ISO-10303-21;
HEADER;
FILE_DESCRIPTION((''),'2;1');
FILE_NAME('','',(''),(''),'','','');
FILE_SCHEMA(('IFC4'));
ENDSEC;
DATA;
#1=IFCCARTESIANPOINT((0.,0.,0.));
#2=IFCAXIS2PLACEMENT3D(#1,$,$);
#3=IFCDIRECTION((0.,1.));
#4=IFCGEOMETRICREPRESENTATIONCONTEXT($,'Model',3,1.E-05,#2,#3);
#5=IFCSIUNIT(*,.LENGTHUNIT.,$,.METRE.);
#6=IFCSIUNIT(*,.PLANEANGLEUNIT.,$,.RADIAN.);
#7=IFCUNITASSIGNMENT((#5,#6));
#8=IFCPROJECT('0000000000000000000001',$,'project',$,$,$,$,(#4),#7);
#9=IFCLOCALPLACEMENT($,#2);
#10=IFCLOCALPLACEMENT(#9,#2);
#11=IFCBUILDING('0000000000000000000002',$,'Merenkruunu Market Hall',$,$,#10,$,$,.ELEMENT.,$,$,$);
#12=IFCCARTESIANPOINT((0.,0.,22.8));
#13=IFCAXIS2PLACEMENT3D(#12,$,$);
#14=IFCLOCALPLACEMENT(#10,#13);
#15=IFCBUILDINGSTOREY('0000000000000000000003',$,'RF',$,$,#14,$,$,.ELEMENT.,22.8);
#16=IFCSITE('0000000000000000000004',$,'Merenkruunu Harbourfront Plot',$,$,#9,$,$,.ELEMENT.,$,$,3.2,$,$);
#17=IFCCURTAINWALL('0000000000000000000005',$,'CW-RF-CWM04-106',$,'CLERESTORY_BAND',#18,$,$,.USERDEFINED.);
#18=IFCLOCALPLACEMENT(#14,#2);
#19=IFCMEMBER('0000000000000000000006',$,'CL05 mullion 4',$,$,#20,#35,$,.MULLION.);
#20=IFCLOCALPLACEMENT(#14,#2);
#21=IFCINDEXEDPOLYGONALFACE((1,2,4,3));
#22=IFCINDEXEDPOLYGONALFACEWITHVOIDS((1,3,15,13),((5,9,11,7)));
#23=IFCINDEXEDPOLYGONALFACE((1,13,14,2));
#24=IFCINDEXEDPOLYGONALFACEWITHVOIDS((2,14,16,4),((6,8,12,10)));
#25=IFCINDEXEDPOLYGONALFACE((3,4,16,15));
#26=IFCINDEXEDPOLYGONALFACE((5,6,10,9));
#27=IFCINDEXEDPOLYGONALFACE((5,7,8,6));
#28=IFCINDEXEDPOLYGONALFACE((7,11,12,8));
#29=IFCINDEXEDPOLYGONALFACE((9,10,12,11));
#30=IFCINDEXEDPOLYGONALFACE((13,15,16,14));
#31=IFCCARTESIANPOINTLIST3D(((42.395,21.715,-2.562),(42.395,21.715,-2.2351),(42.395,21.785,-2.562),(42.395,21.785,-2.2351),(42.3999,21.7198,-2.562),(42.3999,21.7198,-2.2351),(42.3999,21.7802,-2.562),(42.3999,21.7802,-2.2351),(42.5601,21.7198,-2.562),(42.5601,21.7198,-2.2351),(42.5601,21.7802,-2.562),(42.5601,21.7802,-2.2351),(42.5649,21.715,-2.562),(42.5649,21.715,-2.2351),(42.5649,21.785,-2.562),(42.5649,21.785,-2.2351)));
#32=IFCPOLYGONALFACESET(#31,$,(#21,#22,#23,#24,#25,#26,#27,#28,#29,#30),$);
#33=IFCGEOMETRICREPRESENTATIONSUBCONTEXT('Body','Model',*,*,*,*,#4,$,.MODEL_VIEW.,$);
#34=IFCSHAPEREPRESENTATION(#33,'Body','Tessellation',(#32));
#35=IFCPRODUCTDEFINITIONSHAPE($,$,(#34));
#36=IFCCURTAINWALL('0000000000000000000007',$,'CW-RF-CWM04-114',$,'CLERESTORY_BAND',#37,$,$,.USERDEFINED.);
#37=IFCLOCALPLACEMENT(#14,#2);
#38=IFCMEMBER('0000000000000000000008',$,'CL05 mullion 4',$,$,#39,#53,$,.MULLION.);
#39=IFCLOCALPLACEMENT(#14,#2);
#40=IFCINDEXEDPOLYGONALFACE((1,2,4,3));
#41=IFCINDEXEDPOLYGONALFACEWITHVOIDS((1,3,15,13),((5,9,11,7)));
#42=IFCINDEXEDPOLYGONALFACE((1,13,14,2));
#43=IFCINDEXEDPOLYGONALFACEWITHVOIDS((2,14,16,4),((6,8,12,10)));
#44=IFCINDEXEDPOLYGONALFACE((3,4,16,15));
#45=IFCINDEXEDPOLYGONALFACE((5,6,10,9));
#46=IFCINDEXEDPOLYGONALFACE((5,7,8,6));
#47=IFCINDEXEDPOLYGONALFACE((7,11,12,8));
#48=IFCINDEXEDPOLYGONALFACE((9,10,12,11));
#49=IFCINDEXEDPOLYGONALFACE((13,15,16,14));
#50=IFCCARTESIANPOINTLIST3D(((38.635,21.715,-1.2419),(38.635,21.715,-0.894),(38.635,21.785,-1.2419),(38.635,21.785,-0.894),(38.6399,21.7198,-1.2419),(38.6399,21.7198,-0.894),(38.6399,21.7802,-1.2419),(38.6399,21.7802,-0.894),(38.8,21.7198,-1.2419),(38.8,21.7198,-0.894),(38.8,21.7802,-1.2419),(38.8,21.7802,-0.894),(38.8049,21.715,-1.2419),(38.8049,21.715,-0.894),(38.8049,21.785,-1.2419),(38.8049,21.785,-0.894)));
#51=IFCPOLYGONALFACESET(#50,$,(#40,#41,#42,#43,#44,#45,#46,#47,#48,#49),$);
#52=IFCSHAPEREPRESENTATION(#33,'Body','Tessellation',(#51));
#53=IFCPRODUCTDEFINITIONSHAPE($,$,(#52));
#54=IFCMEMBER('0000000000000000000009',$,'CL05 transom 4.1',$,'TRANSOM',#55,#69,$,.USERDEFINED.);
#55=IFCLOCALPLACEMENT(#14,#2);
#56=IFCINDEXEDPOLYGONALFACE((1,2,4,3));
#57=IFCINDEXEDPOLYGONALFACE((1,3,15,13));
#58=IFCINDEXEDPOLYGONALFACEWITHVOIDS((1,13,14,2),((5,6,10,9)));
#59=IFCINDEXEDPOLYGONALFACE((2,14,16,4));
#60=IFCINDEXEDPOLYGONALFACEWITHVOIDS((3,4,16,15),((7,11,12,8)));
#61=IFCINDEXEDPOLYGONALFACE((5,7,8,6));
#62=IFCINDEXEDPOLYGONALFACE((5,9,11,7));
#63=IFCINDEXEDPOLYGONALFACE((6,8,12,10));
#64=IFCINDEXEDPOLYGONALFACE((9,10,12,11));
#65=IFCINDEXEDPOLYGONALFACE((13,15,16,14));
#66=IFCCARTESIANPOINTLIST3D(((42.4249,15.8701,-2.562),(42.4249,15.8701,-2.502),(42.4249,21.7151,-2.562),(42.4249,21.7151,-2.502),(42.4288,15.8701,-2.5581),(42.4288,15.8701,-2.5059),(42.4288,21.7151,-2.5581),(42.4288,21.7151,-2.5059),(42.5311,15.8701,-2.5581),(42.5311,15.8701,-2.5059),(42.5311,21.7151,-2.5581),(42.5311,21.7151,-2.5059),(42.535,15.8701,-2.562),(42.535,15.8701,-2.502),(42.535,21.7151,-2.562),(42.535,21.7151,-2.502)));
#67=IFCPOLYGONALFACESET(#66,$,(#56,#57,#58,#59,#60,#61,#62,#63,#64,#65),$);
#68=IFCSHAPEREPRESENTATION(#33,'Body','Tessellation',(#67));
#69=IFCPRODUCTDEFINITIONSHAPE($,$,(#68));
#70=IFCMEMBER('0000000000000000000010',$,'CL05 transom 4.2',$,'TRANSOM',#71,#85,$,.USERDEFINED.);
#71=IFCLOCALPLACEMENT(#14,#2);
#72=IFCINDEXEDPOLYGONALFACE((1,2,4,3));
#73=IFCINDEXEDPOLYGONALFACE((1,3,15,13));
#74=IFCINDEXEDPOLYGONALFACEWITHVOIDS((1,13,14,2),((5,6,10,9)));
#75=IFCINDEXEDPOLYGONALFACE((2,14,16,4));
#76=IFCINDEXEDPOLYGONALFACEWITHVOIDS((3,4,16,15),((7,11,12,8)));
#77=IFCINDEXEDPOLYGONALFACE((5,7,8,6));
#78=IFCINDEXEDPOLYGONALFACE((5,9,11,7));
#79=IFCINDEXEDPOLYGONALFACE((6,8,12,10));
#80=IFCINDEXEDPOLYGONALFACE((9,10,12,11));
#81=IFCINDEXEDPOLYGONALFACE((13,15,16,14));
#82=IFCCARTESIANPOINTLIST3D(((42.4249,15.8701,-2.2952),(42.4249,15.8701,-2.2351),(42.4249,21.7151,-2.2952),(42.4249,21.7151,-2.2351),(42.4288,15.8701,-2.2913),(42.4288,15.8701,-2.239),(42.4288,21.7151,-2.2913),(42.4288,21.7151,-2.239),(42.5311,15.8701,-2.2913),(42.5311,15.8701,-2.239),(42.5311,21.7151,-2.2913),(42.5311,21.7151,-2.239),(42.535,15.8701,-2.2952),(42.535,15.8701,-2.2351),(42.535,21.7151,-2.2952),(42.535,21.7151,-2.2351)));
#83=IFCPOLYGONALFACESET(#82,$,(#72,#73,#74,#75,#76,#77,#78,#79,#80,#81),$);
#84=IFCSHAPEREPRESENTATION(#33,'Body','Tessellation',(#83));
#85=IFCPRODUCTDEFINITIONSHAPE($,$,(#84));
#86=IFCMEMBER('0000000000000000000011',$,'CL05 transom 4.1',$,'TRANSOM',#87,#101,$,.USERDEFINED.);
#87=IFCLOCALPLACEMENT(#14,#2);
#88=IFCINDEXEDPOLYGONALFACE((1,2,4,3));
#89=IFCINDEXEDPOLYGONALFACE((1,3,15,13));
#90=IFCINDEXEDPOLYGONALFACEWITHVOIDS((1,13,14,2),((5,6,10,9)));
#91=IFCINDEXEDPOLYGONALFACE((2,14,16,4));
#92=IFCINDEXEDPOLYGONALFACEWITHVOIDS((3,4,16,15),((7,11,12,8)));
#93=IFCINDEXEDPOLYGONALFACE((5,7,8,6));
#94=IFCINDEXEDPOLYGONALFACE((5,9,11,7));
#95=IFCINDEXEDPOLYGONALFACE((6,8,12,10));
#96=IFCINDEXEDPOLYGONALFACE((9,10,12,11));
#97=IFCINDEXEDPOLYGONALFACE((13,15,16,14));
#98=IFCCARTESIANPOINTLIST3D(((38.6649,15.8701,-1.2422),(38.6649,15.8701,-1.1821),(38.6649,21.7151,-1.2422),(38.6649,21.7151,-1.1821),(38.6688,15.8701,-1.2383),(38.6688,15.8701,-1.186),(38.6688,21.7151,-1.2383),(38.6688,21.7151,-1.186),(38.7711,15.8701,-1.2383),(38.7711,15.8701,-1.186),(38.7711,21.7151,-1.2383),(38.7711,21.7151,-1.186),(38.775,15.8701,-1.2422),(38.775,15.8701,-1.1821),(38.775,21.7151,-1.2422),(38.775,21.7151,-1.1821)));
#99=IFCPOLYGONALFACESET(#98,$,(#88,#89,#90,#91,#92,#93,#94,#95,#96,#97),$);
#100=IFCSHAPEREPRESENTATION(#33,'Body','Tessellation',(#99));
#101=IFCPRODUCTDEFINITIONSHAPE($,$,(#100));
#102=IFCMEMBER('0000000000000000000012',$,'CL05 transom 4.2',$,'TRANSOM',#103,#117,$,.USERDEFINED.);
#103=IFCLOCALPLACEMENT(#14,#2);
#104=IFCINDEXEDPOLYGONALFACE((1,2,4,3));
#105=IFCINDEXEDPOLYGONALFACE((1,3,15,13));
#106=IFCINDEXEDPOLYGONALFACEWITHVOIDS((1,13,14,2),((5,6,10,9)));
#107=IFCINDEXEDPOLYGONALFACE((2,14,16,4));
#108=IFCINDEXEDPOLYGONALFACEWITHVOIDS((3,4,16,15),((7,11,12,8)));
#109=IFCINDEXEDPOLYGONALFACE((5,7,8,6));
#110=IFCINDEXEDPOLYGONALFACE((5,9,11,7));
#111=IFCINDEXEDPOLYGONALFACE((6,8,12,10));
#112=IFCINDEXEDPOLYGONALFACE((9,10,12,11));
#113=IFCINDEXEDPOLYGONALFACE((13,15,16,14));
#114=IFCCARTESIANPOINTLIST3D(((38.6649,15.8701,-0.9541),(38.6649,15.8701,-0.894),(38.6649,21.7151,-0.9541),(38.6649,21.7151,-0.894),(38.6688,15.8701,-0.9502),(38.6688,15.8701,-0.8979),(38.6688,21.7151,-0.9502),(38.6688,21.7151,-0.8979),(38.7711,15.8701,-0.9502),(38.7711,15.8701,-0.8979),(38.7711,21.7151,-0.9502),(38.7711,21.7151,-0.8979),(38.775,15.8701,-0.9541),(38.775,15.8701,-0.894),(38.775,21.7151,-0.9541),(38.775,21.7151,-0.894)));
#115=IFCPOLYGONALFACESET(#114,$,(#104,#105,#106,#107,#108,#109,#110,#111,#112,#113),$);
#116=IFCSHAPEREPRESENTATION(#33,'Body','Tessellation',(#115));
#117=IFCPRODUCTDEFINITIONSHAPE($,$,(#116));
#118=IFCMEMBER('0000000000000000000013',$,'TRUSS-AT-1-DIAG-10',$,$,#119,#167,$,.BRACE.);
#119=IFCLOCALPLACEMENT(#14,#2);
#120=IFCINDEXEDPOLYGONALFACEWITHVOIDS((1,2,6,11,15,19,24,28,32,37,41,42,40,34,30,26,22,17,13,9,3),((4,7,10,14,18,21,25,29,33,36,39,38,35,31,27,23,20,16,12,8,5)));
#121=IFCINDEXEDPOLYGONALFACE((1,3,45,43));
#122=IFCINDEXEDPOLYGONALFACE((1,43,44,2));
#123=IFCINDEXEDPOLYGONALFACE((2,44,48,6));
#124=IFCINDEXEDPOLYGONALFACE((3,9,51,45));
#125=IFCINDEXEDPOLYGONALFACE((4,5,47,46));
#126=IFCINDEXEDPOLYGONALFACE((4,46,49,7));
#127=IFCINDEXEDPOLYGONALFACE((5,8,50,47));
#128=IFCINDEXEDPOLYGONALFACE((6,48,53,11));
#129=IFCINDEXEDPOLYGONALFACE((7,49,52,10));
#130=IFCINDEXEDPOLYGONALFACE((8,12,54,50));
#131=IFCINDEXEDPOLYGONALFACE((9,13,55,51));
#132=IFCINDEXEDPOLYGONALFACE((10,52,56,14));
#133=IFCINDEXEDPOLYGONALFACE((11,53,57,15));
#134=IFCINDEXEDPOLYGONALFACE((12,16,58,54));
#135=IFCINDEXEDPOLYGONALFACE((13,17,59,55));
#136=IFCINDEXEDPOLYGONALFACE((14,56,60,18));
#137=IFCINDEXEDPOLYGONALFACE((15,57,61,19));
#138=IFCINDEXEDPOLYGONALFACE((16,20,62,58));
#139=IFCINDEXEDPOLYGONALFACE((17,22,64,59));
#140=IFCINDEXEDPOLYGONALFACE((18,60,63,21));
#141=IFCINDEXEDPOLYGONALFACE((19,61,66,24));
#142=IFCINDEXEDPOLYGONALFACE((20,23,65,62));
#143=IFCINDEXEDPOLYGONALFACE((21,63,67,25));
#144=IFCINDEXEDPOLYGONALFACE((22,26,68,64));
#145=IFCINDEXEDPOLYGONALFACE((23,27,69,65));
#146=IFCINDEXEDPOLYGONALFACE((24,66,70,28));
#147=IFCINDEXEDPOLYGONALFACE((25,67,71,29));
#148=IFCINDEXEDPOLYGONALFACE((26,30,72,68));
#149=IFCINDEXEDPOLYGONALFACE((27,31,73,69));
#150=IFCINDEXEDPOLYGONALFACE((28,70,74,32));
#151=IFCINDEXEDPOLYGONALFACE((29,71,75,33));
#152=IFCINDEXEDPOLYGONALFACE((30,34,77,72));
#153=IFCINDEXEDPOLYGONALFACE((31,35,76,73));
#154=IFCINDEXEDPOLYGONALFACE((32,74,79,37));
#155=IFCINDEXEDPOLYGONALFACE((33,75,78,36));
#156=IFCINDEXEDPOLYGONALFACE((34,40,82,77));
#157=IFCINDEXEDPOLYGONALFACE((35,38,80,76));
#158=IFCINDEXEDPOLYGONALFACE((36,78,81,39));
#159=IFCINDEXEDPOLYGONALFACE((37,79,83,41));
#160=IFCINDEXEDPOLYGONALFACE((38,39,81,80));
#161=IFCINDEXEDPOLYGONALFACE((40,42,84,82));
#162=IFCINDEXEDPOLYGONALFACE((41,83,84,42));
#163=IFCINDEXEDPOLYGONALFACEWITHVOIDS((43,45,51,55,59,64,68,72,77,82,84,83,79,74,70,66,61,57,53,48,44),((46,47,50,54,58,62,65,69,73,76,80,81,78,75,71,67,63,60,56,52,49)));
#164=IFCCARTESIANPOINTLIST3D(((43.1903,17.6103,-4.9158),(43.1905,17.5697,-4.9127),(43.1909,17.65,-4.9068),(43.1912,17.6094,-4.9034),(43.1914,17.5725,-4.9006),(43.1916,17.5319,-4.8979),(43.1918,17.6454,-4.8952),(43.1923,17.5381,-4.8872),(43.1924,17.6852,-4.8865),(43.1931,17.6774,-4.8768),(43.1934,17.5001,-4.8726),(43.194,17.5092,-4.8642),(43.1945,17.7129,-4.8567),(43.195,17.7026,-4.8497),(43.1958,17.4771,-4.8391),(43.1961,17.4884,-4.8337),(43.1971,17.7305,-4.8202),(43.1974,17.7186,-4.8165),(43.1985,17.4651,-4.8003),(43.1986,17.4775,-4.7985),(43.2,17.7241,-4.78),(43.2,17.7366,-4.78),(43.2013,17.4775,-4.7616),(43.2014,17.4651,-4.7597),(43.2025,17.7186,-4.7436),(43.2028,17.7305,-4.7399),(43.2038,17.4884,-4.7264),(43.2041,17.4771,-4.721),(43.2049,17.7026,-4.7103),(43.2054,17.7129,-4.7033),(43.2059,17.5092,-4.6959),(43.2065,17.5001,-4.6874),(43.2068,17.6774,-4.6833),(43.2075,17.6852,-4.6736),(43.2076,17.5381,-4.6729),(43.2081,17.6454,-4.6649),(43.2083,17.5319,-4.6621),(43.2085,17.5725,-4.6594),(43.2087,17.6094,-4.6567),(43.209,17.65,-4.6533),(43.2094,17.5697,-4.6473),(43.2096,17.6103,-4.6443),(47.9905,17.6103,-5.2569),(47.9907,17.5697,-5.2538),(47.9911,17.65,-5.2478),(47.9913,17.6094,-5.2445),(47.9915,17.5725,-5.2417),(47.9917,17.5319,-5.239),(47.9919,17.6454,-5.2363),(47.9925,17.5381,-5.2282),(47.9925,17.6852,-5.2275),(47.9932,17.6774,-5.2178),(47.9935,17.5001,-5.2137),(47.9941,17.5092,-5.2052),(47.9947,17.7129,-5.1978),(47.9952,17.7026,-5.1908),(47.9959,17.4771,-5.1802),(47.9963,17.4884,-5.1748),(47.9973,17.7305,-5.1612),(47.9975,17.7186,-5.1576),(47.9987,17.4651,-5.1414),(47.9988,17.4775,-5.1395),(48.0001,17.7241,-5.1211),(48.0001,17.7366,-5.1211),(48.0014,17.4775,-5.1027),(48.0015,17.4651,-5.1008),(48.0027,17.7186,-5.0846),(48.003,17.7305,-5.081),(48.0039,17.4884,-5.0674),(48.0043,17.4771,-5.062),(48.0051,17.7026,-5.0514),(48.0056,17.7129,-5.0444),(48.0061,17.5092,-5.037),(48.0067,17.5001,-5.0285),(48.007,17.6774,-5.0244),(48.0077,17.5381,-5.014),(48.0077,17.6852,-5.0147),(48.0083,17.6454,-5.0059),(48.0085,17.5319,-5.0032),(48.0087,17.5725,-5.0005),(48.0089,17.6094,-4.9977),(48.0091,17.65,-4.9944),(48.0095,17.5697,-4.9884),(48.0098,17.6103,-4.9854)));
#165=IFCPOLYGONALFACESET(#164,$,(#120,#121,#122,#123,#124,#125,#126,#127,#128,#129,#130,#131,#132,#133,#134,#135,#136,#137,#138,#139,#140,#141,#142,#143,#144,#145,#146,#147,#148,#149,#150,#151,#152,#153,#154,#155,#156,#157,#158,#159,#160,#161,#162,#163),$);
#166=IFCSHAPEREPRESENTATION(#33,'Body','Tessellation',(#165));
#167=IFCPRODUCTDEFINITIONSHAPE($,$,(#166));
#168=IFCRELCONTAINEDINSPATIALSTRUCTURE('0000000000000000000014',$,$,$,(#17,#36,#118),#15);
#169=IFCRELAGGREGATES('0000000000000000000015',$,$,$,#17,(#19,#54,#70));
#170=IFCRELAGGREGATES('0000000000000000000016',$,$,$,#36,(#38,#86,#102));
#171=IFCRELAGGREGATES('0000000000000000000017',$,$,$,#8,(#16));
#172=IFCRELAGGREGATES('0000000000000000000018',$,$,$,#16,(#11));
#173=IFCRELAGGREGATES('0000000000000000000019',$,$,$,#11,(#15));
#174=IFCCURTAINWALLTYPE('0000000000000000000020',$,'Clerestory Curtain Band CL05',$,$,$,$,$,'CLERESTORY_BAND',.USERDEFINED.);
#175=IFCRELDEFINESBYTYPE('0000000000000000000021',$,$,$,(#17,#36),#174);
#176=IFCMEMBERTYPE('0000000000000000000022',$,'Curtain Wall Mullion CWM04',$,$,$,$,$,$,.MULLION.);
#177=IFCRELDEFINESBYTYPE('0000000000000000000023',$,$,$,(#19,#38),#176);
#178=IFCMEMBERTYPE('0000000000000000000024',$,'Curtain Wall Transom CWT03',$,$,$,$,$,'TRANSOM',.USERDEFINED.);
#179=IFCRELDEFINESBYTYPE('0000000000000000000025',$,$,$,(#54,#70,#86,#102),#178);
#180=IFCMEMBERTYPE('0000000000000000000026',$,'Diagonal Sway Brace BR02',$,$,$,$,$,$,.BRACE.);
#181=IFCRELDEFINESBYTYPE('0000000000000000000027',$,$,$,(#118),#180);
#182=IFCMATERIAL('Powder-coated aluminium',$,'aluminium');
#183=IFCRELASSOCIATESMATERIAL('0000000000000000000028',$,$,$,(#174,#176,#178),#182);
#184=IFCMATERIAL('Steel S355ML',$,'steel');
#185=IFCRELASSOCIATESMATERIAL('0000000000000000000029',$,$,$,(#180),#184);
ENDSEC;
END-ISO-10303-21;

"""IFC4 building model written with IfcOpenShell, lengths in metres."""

from ifc_helpers import new_model, si_unit, direction, frame, origin, origin_2d, place, context, subcontext, project, spatial, hollow_rectangle, hollow_circle, extrude, material, material_profile, profile_set, type_object, element, aggregate, save


model = new_model("IFC4")

# Units and contexts
model_context = context("Model", 3, precision=1e-05, world=origin(), true_north=direction((0.0, 1.0)))
body_context = subcontext(model_context, "Body", "Model", "MODEL_VIEW")
ifc_project = project(units=[si_unit("LENGTHUNIT", "METRE"), si_unit("PLANEANGLEUNIT", "RADIAN")], contexts=[model_context])

# Site, building, storey
site_placement = place(None, origin())
site = spatial("IfcSite", under=ifc_project, at=site_placement, Name="Merenkruunu Harbourfront Plot", CompositionType="ELEMENT", RefElevation=3.2)
building_placement = place(site_placement, origin())
building = spatial("IfcBuilding", under=site, at=building_placement, Name="Merenkruunu Market Hall", CompositionType="ELEMENT")
storey_placement = place(building_placement, frame((0.0, 0.0, 22.8)))
storey = spatial("IfcBuildingStorey", under=building, at=storey_placement, Name="RF", CompositionType="ELEMENT", Elevation=22.8)

# Curtain walls, members
ifc_material_1 = material(Name="Powder-coated aluminium", Category="aluminium")
curtain_wall_type = type_object("IfcCurtainWallType", Name="Clerestory Curtain Band CL05", ElementType="CLERESTORY_BAND", PredefinedType="USERDEFINED", material=ifc_material_1)
curtain_wall_1_placement = place(storey_placement, origin())
curtain_wall_1 = element("IfcCurtainWall", 1, at=curtain_wall_1_placement, inside=storey, type_object=curtain_wall_type, Name="CW-RF-CWM04-106", ObjectType="CLERESTORY_BAND", PredefinedType="USERDEFINED")
ifc_material_profile_1 = material_profile(ifc_material_1, hollow_rectangle(XDim=0.0701, YDim=0.1699, WallThickness=0.0049, at=origin_2d()), Name="ALU 70x170x5")
ifc_profile_set_1 = profile_set([ifc_material_profile_1], Name="Powder-coated aluminium")
member_type_1 = type_object("IfcMemberType", Name="Curtain Wall Mullion CWM04", PredefinedType="MULLION", material=ifc_profile_set_1)
member_1_placement = place(storey_placement, frame((42.48, 21.75, -2.562), z_axis=(0.0, 0.0, 1.0), x_axis=(0.0, -1.0, 0.0)))
member_1 = element("IfcMember", 2, at=member_1_placement, type_object=member_type_1, Name="CL05 mullion 4", PredefinedType="MULLION", context=body_context, shape_type="SweptSolid", body=[
    extrude(hollow_rectangle(XDim=0.0701, YDim=0.1699, WallThickness=0.0049, at=origin_2d()), origin(), (0.0, 0.0, 1.0), 0.3269),
])
curtain_wall_2_placement = place(storey_placement, origin())
curtain_wall_2 = element("IfcCurtainWall", 3, at=curtain_wall_2_placement, inside=storey, type_object=curtain_wall_type, Name="CW-RF-CWM04-114", ObjectType="CLERESTORY_BAND", PredefinedType="USERDEFINED")
member_2_placement = place(storey_placement, frame((38.72, 21.75, -1.2419), z_axis=(0.0, 0.0, 1.0), x_axis=(0.0, -1.0, 0.0)))
member_2 = element("IfcMember", 4, at=member_2_placement, type_object=member_type_1, Name="CL05 mullion 4", PredefinedType="MULLION", context=body_context, shape_type="SweptSolid", body=[
    extrude(hollow_rectangle(XDim=0.0701, YDim=0.1699, WallThickness=0.0049, at=origin_2d()), origin(), (0.0, 0.0, 1.0), 0.3479),
])

# Members
ifc_material_profile_2 = material_profile(ifc_material_1, hollow_rectangle(XDim=0.0601, YDim=0.1101, WallThickness=0.0039, at=origin_2d()), Name="ALU 60x110x4")
ifc_profile_set_2 = profile_set([ifc_material_profile_2], Name="Powder-coated aluminium")
member_type_2 = type_object("IfcMemberType", Name="Curtain Wall Transom CWT03", ElementType="TRANSOM", PredefinedType="USERDEFINED", material=ifc_profile_set_2)
member_3_placement = place(storey_placement, frame((42.48, 21.7151, -2.532), z_axis=(0.0, -1.0, 0.0), x_axis=(0.0, 0.0, 1.0)))
member_3 = element("IfcMember", 5, at=member_3_placement, type_object=member_type_2, Name="CL05 transom 4.1", ObjectType="TRANSOM", PredefinedType="USERDEFINED", context=body_context, shape_type="SweptSolid", body=[
    extrude(hollow_rectangle(XDim=0.0601, YDim=0.1101, WallThickness=0.0039, at=origin_2d()), origin(), (0.0, 0.0, 1.0), 5.845),
])
member_4_placement = place(storey_placement, frame((42.48, 21.7151, -2.2651), z_axis=(0.0, -1.0, 0.0), x_axis=(0.0, 0.0, 1.0)))
member_4 = element("IfcMember", 6, at=member_4_placement, type_object=member_type_2, Name="CL05 transom 4.2", ObjectType="TRANSOM", PredefinedType="USERDEFINED", context=body_context, shape_type="SweptSolid", body=[
    extrude(hollow_rectangle(XDim=0.0601, YDim=0.1101, WallThickness=0.0039, at=origin_2d()), origin(), (0.0, 0.0, 1.0), 5.845),
])
member_5_placement = place(storey_placement, frame((38.72, 21.7151, -1.2122), z_axis=(0.0, -1.0, 0.0), x_axis=(0.0, 0.0, 1.0)))
member_5 = element("IfcMember", 7, at=member_5_placement, type_object=member_type_2, Name="CL05 transom 4.1", ObjectType="TRANSOM", PredefinedType="USERDEFINED", context=body_context, shape_type="SweptSolid", body=[
    extrude(hollow_rectangle(XDim=0.0601, YDim=0.1101, WallThickness=0.0039, at=origin_2d()), origin(), (0.0, 0.0, 1.0), 5.845),
])
member_6_placement = place(storey_placement, frame((38.72, 21.7151, -0.9241), z_axis=(0.0, -1.0, 0.0), x_axis=(0.0, 0.0, 1.0)))
member_6 = element("IfcMember", 8, at=member_6_placement, type_object=member_type_2, Name="CL05 transom 4.2", ObjectType="TRANSOM", PredefinedType="USERDEFINED", context=body_context, shape_type="SweptSolid", body=[
    extrude(hollow_rectangle(XDim=0.0601, YDim=0.1101, WallThickness=0.0039, at=origin_2d()), origin(), (0.0, 0.0, 1.0), 5.845),
])

# Member
ifc_material_2 = material(Name="Steel S355ML", Category="steel")
ifc_material_profile_3 = material_profile(ifc_material_2, hollow_circle(Radius=0.1365, WallThickness=0.0125, at=origin_2d()), Name="CHS 273x12.5")
ifc_profile_set_3 = profile_set([ifc_material_profile_3], Name="Steel S355ML")
member_type_3 = type_object("IfcMemberType", Name="Diagonal Sway Brace BR02", PredefinedType="BRACE", material=ifc_profile_set_3)
member_7_placement = place(storey_placement, frame((43.2, 17.6001, -4.78), z_axis=(0.997485, 0.0, -0.070876), x_axis=(0.0, 1.0, 0.0)))
element("IfcMember", 9, at=member_7_placement, inside=storey, type_object=member_type_3, Name="TRUSS-AT-1-DIAG-10", PredefinedType="BRACE", context=body_context, shape_type="SweptSolid", body=[
    extrude(hollow_circle(Radius=0.1365, WallThickness=0.0125, at=origin_2d()), origin(), (0.0, 0.0, 1.0), 4.8123),
])

aggregate(curtain_wall_1, [member_1, member_3, member_4])
aggregate(curtain_wall_2, [member_2, member_5, member_6])

save(model, "model.ifc")
